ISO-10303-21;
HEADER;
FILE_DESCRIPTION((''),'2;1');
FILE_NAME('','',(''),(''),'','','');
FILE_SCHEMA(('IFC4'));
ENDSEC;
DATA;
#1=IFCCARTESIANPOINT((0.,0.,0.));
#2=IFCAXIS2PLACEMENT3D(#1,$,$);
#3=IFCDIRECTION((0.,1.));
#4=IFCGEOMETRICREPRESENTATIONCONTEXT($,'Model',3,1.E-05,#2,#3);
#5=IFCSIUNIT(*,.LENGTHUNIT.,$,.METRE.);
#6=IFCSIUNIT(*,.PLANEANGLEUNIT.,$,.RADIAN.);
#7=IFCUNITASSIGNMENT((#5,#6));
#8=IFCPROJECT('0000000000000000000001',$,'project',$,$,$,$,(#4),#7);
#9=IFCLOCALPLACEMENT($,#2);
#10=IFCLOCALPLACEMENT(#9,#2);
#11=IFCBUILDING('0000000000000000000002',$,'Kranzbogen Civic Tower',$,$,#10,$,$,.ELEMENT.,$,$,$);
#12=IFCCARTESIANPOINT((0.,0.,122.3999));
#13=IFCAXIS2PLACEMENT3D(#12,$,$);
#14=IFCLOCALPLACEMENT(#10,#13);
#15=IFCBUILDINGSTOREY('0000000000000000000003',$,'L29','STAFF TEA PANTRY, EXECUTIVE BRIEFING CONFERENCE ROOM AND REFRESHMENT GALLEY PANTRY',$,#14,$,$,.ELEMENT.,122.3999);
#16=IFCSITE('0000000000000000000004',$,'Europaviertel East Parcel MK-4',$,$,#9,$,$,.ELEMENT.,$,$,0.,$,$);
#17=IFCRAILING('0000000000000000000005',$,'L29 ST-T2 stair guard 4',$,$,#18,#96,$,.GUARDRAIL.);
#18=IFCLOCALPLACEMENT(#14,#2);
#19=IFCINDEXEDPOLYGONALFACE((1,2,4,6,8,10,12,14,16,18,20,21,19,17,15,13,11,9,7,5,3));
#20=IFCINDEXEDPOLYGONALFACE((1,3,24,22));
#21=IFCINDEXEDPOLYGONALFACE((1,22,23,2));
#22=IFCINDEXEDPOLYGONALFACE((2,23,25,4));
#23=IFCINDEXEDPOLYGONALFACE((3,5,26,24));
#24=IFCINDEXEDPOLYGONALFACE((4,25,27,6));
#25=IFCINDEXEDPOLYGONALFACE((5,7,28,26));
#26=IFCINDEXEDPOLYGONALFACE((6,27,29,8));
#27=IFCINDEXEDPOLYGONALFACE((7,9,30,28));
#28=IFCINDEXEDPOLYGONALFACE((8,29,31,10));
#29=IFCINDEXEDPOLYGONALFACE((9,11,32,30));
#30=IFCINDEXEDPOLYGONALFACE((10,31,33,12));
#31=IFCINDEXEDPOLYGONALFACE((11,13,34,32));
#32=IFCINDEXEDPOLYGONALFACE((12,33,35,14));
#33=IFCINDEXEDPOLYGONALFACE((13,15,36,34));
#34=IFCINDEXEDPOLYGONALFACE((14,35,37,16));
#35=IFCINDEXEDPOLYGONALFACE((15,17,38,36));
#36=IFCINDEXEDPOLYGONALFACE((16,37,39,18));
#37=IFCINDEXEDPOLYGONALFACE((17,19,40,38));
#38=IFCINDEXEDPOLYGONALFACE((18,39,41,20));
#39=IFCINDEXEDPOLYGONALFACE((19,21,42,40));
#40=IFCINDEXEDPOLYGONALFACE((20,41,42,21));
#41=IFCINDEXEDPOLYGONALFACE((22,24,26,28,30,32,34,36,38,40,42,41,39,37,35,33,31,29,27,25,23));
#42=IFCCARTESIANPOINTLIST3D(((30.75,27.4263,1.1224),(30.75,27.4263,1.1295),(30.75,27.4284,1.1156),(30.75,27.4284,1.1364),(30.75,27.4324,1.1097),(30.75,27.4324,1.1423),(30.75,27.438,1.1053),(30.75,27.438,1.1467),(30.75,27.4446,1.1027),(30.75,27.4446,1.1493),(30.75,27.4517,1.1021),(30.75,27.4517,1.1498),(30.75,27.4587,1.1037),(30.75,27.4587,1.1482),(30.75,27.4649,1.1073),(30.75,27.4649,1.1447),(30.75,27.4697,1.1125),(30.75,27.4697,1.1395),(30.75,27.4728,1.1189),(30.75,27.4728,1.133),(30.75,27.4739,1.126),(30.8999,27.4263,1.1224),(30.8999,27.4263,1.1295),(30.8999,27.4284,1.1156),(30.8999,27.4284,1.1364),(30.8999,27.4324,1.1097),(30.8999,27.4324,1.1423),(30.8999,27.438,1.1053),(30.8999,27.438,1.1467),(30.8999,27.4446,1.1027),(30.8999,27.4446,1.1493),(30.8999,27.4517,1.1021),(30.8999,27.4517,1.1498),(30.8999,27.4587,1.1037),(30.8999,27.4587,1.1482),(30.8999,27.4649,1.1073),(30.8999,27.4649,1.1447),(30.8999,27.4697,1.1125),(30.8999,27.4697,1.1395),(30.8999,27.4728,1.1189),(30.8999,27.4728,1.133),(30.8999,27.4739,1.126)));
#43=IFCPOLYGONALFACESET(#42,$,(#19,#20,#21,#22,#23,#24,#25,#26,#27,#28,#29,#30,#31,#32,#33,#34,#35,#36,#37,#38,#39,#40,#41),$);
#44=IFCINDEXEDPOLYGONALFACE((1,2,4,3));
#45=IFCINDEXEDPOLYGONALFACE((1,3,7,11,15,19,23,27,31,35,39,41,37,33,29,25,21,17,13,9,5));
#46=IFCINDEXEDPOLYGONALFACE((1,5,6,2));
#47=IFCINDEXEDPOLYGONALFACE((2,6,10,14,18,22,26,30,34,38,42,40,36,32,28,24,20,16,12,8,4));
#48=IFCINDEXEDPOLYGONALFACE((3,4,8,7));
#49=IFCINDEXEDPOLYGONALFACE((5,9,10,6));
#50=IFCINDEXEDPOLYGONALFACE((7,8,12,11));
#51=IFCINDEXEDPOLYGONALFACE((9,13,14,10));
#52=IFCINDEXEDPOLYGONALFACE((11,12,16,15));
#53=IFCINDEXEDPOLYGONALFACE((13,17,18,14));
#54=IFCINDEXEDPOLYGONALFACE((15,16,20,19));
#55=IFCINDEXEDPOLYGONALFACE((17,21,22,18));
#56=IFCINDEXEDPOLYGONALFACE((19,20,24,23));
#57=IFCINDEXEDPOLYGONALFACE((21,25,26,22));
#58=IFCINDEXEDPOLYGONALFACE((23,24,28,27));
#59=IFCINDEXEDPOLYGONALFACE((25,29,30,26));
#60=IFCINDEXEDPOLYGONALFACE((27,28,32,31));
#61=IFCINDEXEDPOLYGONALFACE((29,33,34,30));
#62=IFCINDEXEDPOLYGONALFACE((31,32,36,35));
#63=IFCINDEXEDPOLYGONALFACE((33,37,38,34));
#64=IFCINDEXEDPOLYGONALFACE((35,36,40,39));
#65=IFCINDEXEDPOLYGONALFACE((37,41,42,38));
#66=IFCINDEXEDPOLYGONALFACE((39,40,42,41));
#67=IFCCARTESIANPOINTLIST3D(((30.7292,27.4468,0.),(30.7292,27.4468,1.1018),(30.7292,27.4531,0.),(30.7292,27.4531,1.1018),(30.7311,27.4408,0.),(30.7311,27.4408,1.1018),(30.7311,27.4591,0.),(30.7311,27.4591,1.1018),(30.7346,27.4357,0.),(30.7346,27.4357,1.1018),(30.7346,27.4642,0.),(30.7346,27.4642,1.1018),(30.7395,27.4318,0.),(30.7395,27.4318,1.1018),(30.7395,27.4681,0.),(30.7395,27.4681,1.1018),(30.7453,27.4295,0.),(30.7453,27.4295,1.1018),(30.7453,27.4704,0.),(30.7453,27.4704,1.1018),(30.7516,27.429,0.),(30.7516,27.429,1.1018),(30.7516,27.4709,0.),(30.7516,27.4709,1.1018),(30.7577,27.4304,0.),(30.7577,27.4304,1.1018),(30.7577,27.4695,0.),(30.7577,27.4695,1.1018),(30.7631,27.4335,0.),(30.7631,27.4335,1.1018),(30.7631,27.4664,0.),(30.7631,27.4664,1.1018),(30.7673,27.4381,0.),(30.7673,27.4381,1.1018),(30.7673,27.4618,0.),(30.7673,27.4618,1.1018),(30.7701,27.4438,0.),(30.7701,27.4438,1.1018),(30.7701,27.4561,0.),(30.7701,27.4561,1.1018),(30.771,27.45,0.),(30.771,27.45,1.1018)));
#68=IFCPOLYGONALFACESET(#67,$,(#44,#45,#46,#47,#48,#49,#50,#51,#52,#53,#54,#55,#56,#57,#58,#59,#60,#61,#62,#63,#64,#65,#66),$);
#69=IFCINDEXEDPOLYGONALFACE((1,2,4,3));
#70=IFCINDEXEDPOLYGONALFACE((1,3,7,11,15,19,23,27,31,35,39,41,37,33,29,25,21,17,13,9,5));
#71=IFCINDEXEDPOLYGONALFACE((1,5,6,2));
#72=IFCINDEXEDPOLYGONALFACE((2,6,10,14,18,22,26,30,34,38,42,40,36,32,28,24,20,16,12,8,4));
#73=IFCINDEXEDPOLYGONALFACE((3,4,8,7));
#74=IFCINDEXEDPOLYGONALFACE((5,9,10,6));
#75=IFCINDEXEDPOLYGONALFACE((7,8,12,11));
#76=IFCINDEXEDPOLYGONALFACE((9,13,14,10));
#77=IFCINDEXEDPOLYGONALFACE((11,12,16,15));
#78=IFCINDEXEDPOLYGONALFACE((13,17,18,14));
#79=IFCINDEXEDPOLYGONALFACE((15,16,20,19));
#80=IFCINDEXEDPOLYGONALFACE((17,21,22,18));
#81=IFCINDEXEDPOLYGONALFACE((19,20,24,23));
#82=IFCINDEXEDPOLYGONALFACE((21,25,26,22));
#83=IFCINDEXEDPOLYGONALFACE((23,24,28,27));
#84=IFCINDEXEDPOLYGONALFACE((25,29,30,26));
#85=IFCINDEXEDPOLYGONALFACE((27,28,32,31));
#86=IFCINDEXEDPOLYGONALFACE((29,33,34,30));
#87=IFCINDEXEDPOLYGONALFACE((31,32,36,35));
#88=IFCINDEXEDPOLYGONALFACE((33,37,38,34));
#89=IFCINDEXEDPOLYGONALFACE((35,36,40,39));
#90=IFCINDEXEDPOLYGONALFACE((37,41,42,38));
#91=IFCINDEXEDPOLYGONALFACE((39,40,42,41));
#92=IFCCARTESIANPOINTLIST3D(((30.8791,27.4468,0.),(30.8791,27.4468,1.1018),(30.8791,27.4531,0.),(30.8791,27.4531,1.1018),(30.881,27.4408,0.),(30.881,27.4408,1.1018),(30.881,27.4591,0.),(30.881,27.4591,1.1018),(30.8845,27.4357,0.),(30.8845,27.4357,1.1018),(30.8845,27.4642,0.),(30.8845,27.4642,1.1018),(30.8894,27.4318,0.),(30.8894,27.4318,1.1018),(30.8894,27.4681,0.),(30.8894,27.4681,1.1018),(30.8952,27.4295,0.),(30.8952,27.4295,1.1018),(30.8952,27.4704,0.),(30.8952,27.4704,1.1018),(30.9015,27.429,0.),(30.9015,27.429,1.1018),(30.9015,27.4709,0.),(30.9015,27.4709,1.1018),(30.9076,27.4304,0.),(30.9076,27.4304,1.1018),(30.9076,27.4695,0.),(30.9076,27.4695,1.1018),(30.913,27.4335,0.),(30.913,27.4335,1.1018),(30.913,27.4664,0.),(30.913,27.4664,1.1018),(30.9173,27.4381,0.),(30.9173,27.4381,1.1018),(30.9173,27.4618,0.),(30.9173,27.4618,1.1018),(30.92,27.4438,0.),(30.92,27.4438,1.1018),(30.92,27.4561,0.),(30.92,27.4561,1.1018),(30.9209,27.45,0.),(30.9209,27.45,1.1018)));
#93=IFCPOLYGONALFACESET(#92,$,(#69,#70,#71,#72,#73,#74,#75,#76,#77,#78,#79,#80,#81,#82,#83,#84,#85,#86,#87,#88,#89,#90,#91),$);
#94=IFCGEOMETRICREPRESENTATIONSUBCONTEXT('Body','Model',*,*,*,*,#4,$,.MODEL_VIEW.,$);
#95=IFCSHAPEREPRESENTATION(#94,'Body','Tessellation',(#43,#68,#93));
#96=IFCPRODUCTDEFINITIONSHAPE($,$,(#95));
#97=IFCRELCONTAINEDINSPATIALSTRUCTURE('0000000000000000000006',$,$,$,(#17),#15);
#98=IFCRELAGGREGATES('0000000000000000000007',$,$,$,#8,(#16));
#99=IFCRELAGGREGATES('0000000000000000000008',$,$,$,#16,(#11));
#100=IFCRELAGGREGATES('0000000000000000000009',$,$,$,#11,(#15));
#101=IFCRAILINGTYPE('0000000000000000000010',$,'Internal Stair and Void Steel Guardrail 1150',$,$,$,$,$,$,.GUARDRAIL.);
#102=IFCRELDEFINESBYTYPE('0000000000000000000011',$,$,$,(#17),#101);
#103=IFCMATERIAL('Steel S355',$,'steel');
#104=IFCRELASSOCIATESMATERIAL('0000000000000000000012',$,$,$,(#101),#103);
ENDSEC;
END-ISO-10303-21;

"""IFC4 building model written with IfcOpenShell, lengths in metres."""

from ifc_helpers import new_model, si_unit, direction, frame, origin, origin_2d, place, context, subcontext, project, spatial, circle, extrude, material, type_object, element, save


model = new_model("IFC4")

# Units and contexts
model_context = context("Model", 3, precision=1e-05, world=origin(), true_north=direction((0.0, 1.0)))
body_context = subcontext(model_context, "Body", "Model", "MODEL_VIEW")
ifc_project = project(units=[si_unit("LENGTHUNIT", "METRE"), si_unit("PLANEANGLEUNIT", "RADIAN")], contexts=[model_context])

# Site, building, storey
site_placement = place(None, origin())
site = spatial("IfcSite", under=ifc_project, at=site_placement, Name="Europaviertel East Parcel MK-4", CompositionType="ELEMENT", RefElevation=0.0)
building_placement = place(site_placement, origin())
building = spatial("IfcBuilding", under=site, at=building_placement, Name="Kranzbogen Civic Tower", CompositionType="ELEMENT")
storey_placement = place(building_placement, frame((0.0, 0.0, 122.3999)))
storey = spatial("IfcBuildingStorey", under=building, at=storey_placement, Name="L29", Description="STAFF TEA PANTRY, EXECUTIVE BRIEFING CONFERENCE ROOM AND REFRESHMENT GALLEY PANTRY", CompositionType="ELEMENT", Elevation=122.3999)

# Shared definitions
ifc_material_1 = material(Name="Steel S355", Category="steel")

# Railing
railing_type_1 = type_object("IfcRailingType", Name="Internal Stair and Void Steel Guardrail 1150", PredefinedType="GUARDRAIL", material=ifc_material_1)
railing_1_placement = place(storey_placement, frame((30.75, 27.45, 0.0)))
element("IfcRailing", 1, at=railing_1_placement, inside=storey, type_object=railing_type_1, Name="L29 ST-T2 stair guard 4", PredefinedType="GUARDRAIL", context=body_context, shape_type="SweptSolid", body=[
    extrude(circle(Radius=0.0239, at=origin_2d()), frame((0.0, 0.0, 1.126), z_axis=(1.0, 0.0, 0.0), x_axis=(0.0, 1.0, 0.0)), (0.0, 0.0, 1.0), 0.1499),
    extrude(circle(Radius=0.021, at=origin_2d()), origin(), (0.0, 0.0, 1.0), 1.1018),
    extrude(circle(Radius=0.021, at=origin_2d()), frame((0.1499, 0.0, 0.0)), (0.0, 0.0, 1.0), 1.1018),
])

save(model, "model.ifc")
